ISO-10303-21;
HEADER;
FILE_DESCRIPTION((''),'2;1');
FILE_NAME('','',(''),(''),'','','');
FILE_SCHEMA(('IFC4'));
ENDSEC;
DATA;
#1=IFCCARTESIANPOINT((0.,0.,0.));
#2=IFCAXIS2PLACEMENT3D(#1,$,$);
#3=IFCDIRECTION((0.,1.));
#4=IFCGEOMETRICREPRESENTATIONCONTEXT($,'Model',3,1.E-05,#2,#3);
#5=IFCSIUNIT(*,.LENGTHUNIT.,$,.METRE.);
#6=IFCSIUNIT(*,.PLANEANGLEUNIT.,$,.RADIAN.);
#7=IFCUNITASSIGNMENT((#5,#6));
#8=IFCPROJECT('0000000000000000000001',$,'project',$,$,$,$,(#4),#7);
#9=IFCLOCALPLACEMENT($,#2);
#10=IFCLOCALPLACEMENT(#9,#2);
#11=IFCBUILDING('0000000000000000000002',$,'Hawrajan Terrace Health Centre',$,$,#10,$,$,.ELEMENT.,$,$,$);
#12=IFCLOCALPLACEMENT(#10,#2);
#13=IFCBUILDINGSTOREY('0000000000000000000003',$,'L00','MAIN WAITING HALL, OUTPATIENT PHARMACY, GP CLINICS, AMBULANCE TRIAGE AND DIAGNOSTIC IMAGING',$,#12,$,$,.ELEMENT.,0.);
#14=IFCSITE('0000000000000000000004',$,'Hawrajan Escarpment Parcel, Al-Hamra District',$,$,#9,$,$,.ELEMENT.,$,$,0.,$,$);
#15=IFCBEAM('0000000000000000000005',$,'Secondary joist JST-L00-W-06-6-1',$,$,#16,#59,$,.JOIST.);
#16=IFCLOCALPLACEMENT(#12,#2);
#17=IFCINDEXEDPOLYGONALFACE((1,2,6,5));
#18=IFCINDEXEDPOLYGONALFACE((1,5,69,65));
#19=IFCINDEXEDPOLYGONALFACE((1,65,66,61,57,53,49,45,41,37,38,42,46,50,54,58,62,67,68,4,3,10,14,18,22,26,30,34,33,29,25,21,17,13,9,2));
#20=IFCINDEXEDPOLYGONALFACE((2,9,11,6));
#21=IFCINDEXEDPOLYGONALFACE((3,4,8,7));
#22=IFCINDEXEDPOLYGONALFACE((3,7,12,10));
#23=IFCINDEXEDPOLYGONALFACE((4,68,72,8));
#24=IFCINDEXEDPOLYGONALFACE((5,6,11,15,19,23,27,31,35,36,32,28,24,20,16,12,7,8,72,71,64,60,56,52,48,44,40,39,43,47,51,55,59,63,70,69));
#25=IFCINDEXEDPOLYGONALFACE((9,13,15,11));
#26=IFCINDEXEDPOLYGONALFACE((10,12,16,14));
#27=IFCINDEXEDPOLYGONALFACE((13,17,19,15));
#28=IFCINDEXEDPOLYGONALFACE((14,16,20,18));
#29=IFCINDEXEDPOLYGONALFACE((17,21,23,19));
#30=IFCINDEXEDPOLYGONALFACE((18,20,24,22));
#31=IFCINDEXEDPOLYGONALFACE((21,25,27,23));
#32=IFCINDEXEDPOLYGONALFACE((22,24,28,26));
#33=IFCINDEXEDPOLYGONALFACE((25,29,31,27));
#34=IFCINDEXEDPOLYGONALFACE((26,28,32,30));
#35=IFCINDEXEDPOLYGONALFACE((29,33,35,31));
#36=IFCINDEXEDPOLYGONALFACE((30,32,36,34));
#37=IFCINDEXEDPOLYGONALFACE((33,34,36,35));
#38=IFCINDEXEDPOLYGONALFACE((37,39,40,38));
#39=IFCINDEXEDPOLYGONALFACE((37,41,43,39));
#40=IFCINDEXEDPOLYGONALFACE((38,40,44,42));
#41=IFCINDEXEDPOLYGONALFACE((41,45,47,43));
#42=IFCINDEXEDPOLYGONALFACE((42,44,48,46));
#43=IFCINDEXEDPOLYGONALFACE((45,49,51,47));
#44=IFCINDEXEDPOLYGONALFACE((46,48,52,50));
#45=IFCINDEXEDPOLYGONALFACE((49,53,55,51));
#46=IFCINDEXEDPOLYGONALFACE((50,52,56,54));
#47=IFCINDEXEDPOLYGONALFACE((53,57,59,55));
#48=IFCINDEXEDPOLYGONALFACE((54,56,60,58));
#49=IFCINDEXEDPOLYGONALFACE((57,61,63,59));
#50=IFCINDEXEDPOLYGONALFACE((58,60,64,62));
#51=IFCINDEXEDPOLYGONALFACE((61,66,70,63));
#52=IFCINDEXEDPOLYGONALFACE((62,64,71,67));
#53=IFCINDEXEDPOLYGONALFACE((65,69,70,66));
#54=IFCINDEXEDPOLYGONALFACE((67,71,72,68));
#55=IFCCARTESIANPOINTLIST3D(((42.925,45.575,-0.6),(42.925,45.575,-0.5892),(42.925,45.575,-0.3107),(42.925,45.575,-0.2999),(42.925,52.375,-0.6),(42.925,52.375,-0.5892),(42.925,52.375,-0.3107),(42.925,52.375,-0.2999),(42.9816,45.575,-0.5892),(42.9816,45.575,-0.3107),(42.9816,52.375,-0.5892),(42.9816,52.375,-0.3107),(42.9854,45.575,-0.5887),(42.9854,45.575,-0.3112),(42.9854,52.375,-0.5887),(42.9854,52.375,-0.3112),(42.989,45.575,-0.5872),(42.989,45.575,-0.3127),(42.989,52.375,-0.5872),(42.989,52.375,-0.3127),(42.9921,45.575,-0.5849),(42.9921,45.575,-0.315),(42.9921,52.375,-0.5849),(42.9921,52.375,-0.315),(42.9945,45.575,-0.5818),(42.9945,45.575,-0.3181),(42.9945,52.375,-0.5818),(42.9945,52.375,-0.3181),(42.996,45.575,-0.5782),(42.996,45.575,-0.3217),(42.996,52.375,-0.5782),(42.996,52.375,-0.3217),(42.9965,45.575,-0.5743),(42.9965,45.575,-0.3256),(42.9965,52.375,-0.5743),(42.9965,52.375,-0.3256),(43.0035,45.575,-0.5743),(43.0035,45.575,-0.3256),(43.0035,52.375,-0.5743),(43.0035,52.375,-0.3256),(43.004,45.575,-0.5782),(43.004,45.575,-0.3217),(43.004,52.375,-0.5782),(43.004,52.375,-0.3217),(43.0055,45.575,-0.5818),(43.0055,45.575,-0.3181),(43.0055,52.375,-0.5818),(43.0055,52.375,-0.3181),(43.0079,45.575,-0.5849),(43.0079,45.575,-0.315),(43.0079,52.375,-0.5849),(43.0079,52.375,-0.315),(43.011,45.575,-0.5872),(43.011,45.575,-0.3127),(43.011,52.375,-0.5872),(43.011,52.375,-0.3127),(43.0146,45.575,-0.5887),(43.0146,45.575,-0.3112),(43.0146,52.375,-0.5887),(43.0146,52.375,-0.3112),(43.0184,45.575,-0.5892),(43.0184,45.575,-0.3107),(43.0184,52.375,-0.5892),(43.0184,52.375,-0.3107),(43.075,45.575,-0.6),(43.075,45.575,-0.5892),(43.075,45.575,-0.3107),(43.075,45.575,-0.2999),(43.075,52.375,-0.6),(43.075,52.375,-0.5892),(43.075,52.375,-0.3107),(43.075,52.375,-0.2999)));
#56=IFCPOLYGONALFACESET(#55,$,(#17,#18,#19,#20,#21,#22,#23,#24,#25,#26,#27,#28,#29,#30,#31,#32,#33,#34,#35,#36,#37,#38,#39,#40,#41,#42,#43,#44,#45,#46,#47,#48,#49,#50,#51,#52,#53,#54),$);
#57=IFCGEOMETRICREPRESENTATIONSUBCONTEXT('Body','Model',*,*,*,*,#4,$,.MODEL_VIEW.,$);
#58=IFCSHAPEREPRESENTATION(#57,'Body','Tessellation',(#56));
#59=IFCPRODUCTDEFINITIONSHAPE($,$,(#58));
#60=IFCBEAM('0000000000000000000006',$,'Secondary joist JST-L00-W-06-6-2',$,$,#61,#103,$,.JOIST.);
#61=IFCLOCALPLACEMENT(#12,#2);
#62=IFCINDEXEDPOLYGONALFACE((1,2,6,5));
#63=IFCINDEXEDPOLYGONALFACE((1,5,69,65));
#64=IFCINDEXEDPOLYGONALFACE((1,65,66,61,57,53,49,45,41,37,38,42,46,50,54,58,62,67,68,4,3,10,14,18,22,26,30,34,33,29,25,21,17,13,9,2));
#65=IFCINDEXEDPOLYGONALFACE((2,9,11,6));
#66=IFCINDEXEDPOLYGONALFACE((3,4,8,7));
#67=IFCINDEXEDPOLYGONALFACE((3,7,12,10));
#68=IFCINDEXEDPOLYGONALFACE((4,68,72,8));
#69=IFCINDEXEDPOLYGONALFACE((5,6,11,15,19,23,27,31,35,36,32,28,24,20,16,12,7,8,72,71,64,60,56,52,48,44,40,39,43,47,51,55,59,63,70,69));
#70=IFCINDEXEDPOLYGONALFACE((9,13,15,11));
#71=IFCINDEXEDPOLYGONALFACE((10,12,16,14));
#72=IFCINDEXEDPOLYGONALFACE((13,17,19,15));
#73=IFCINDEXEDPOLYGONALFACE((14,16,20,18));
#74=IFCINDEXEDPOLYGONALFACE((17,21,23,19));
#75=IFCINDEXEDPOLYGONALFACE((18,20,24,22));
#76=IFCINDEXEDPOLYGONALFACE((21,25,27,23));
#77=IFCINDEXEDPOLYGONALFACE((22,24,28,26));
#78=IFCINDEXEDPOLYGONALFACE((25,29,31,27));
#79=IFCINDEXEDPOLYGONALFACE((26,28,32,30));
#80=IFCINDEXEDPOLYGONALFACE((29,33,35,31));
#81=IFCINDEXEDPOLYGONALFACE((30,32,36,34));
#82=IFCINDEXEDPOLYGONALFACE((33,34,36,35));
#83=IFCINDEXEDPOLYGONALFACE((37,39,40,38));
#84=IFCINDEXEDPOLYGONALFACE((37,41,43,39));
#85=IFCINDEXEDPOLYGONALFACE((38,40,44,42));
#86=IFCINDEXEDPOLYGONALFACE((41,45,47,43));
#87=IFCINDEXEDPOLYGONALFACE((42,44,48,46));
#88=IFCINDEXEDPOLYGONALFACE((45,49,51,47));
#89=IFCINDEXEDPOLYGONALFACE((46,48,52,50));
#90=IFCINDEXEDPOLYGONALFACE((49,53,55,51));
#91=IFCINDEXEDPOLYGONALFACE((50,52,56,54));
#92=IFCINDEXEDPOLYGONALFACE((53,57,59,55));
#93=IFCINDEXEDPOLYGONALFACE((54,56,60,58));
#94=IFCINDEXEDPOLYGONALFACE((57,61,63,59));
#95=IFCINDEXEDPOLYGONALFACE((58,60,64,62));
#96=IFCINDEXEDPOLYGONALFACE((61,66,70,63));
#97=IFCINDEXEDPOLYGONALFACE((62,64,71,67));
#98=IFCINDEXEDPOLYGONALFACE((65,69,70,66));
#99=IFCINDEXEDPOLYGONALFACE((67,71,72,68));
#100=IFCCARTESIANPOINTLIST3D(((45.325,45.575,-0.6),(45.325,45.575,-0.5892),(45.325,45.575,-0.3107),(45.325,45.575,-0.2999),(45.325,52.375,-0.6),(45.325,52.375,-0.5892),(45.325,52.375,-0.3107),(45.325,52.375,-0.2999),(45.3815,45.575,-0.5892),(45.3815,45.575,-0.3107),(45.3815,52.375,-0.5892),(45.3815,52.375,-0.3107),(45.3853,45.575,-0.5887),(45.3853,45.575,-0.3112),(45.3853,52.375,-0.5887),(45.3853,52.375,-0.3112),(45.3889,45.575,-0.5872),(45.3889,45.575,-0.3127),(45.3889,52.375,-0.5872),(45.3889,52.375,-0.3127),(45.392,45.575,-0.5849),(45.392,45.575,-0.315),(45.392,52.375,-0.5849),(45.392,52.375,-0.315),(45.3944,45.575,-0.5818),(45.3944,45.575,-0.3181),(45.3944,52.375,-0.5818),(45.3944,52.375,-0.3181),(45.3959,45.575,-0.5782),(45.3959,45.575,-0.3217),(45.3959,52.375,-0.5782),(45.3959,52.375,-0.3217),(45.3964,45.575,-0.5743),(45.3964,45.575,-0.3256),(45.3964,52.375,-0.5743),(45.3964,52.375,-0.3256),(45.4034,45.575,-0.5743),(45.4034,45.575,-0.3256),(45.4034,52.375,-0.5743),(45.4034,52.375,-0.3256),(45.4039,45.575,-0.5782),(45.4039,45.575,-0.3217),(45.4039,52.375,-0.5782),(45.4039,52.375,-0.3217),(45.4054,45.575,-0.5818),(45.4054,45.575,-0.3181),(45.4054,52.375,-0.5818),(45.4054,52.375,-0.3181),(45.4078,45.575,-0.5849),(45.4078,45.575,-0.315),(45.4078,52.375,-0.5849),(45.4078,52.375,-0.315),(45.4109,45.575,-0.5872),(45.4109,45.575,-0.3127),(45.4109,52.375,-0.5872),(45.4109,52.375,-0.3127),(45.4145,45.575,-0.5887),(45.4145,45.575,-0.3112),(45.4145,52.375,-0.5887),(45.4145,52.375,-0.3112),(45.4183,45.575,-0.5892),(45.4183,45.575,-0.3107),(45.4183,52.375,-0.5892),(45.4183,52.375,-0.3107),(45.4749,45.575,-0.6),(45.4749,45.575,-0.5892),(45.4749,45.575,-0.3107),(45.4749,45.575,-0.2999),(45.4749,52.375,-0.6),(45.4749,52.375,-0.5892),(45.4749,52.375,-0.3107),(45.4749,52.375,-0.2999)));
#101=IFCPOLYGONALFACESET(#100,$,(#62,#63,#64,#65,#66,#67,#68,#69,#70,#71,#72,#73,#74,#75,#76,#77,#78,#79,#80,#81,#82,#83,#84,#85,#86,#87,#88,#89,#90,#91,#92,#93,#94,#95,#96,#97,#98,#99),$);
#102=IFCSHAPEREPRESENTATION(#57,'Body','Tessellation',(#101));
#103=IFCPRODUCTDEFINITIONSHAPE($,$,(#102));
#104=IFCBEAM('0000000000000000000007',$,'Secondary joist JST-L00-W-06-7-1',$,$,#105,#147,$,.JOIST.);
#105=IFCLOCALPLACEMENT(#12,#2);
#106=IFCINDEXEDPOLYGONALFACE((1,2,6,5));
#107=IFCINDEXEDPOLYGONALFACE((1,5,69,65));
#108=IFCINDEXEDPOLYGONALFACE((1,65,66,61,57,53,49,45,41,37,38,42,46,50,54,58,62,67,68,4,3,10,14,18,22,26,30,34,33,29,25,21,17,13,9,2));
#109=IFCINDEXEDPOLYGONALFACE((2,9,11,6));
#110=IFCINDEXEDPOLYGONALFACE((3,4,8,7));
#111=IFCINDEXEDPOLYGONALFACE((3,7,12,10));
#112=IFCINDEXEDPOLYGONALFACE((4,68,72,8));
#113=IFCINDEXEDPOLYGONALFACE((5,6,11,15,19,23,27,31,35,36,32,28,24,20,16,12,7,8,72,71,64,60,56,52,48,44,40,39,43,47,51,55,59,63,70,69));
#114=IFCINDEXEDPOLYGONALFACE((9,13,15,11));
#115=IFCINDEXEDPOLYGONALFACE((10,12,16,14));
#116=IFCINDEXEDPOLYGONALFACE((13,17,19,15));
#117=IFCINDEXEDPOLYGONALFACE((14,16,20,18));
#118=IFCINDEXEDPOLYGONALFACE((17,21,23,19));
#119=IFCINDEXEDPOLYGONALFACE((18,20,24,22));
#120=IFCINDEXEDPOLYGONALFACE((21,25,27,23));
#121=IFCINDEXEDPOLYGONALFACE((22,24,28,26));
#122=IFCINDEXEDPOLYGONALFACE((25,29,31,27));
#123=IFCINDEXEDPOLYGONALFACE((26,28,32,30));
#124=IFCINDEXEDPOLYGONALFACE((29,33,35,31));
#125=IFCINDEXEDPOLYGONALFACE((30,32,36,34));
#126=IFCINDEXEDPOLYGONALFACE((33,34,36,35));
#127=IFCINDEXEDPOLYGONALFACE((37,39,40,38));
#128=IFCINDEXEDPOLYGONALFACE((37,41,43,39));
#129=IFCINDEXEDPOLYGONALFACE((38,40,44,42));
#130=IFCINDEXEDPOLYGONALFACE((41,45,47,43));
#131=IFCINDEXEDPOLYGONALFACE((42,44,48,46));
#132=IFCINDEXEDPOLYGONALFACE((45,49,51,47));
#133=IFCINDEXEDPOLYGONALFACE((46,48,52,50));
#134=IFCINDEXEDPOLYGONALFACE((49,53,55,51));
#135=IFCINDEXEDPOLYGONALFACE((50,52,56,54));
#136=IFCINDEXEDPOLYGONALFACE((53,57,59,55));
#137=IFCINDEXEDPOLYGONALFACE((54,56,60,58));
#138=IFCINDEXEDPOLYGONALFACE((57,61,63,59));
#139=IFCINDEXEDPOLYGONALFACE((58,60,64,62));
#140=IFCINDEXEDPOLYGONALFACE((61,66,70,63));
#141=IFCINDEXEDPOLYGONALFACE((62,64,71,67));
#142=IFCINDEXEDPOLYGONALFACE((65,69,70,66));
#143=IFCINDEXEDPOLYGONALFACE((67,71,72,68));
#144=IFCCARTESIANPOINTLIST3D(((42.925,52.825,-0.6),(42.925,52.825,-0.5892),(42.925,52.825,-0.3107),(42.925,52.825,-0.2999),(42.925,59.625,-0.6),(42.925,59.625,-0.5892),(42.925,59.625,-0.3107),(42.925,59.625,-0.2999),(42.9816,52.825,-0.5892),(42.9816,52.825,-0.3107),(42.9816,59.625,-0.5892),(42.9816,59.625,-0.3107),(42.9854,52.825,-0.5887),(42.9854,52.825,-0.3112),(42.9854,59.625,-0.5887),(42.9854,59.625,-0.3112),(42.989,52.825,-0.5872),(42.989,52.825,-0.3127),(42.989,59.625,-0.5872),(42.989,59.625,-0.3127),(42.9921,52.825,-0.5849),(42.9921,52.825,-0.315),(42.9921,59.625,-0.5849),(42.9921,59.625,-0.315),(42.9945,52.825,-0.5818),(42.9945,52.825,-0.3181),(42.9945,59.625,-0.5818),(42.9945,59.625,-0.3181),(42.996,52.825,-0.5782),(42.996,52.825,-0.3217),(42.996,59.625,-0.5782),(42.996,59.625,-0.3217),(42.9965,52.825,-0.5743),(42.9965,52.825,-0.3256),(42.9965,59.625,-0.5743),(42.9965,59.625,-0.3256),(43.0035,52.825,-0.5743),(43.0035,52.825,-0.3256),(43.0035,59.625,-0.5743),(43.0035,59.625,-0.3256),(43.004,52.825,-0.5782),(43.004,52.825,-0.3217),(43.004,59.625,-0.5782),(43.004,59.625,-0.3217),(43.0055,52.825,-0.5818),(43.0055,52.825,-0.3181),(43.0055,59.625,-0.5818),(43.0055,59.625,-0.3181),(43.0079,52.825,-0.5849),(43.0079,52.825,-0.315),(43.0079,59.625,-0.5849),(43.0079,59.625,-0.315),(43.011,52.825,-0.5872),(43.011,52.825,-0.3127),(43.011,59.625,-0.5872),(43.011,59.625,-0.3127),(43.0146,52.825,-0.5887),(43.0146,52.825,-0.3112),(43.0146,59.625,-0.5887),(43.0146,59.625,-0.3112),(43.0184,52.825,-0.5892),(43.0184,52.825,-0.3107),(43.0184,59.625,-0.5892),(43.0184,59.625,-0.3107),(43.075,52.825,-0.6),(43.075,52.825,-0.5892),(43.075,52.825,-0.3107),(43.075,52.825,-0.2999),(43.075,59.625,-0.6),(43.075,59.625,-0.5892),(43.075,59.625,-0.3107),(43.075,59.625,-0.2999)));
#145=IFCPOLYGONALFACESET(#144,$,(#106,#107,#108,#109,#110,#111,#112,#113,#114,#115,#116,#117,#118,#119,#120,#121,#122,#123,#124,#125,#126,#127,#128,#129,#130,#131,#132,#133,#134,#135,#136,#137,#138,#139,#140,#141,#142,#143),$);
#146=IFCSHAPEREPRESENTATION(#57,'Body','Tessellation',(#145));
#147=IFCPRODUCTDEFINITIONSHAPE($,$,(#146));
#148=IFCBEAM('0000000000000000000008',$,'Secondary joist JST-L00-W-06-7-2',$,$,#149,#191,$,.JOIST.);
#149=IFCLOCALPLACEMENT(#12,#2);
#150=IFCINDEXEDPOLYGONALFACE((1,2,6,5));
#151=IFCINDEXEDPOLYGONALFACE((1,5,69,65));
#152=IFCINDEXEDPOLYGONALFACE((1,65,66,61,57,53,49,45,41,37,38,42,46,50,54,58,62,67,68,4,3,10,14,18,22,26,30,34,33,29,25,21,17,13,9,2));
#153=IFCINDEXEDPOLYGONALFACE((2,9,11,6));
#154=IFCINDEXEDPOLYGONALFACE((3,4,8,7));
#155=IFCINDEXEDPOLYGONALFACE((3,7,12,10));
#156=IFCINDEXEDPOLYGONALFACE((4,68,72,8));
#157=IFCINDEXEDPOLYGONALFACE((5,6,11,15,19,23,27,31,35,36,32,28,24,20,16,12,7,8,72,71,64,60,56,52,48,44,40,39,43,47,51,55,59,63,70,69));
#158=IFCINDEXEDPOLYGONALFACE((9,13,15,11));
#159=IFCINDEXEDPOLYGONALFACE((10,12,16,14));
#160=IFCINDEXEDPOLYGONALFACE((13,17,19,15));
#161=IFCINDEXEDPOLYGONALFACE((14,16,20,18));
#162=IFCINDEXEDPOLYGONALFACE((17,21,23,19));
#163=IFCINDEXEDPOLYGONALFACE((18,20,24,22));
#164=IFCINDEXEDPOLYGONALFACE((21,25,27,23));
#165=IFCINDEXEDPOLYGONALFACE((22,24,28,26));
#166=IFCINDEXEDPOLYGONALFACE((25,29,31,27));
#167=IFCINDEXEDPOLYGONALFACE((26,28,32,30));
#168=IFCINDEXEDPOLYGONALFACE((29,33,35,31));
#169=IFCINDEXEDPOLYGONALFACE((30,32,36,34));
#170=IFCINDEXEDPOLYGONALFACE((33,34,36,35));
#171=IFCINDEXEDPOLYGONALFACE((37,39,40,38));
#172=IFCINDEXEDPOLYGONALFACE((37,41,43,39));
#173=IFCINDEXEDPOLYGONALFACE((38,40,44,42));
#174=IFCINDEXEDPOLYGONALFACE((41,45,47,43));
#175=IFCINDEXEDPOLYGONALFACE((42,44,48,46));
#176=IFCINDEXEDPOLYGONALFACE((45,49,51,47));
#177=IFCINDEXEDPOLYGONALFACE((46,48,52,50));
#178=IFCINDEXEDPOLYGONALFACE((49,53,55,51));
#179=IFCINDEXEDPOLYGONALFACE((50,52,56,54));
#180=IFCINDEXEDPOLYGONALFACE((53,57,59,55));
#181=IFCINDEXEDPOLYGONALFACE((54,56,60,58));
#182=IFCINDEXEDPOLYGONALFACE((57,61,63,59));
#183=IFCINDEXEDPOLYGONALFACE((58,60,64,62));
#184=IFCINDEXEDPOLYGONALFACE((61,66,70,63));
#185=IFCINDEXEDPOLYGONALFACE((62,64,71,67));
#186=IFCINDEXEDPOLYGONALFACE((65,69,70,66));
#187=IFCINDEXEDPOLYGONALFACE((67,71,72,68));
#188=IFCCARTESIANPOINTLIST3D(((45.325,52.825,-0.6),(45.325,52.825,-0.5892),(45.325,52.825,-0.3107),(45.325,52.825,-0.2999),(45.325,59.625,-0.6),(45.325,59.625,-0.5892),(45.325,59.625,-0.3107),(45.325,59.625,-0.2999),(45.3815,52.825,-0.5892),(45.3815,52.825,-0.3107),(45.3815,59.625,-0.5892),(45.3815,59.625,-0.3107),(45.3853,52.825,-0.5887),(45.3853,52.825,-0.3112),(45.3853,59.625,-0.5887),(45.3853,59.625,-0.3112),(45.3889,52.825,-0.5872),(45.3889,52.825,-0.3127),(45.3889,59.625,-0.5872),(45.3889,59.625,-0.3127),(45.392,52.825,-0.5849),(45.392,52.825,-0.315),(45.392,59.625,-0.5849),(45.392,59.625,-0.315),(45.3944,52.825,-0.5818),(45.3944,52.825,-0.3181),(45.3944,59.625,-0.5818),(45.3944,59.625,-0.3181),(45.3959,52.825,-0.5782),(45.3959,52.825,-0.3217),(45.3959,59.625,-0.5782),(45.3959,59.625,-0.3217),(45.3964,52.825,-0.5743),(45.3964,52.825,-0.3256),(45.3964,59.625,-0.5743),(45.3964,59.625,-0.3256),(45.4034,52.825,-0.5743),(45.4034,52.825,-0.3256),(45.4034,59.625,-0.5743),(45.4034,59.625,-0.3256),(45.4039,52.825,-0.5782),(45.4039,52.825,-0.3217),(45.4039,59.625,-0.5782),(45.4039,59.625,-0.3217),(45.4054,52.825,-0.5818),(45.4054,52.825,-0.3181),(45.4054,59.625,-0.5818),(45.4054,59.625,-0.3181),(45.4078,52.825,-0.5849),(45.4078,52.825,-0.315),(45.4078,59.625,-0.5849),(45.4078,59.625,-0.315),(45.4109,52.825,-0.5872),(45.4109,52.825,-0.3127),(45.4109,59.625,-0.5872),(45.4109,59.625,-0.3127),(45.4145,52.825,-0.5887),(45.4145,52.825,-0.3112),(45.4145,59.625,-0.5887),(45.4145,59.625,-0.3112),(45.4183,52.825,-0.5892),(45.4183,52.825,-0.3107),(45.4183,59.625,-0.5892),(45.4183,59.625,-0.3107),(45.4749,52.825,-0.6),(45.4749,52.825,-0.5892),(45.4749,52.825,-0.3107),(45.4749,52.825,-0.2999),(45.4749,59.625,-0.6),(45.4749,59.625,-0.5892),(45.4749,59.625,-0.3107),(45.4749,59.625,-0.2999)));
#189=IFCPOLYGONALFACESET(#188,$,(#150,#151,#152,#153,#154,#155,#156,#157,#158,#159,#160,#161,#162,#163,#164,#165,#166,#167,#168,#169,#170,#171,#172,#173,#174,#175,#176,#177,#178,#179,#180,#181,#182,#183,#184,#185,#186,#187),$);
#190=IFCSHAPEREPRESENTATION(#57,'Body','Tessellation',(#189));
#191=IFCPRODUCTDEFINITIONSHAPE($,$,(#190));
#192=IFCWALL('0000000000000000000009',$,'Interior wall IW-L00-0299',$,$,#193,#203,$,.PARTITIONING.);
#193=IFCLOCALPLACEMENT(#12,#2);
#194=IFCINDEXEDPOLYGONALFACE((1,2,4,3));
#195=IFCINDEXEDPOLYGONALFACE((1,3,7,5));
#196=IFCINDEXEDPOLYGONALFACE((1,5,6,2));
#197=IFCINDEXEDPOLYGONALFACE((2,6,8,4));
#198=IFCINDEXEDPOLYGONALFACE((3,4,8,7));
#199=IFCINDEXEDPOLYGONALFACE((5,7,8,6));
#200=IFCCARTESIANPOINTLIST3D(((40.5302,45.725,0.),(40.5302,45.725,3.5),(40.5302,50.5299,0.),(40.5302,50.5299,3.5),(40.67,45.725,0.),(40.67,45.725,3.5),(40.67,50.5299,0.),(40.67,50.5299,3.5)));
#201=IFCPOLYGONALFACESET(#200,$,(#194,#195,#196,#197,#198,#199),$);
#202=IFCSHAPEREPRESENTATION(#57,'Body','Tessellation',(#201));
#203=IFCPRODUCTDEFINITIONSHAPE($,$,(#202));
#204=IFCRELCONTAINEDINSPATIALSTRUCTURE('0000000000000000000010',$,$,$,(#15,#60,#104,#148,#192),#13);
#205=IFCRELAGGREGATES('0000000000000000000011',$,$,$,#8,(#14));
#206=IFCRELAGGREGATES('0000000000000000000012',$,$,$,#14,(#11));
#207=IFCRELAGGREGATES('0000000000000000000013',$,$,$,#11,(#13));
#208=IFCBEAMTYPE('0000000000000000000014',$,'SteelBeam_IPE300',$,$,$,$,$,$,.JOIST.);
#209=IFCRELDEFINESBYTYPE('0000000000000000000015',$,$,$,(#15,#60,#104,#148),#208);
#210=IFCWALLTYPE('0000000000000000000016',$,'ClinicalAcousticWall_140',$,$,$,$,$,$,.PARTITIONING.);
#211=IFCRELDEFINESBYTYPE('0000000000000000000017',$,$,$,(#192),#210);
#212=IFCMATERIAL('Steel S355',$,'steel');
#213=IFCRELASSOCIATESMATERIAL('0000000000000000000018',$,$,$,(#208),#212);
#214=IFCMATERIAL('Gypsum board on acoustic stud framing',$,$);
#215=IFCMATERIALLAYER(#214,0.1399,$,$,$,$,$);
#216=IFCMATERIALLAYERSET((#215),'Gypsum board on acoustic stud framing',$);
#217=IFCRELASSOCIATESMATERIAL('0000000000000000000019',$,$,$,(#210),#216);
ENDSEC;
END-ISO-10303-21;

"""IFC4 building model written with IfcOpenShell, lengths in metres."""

from ifc_helpers import new_model, si_unit, direction, frame, frame_2d, origin, origin_2d, place, context, subcontext, project, spatial, rectangle, i_section, extrude, material, layer, layer_set, material_profile, profile_set, type_object, element, save


model = new_model("IFC4")

# Units and contexts
model_context = context("Model", 3, precision=1e-05, world=origin(), true_north=direction((0.0, 1.0)))
body_context = subcontext(model_context, "Body", "Model", "MODEL_VIEW")
ifc_project = project(units=[si_unit("LENGTHUNIT", "METRE"), si_unit("PLANEANGLEUNIT", "RADIAN")], contexts=[model_context])

# Site, building, storey
site_placement = place(None, origin())
site = spatial("IfcSite", under=ifc_project, at=site_placement, Name="Hawrajan Escarpment Parcel, Al-Hamra District", CompositionType="ELEMENT", RefElevation=0.0)
building_placement = place(site_placement, origin())
building = spatial("IfcBuilding", under=site, at=building_placement, Name="Hawrajan Terrace Health Centre", CompositionType="ELEMENT")
storey_placement = place(building_placement, origin())
storey = spatial("IfcBuildingStorey", under=building, at=storey_placement, Name="L00", Description="MAIN WAITING HALL, OUTPATIENT PHARMACY, GP CLINICS, AMBULANCE TRIAGE AND DIAGNOSTIC IMAGING", CompositionType="ELEMENT", Elevation=0.0)

# Beams
ifc_material_1 = material(Name="Steel S355", Category="steel")
ifc_material_profile_1 = material_profile(ifc_material_1, i_section(OverallWidth=0.1499, OverallDepth=0.3, WebThickness=0.0071, FlangeThickness=0.0107, FilletRadius=0.0149, at=origin_2d()), Name="IPE 300")
ifc_profile_set_1 = profile_set([ifc_material_profile_1], Name="Steel S355")
beam_type_1 = type_object("IfcBeamType", Name="SteelBeam_IPE300", PredefinedType="JOIST", material=ifc_profile_set_1)
for number, where, z_axis, x_axis, name in (
    (1, (43.0, 45.575, -0.45), (0.0, 1.0, 0.0), (-1.0, 0.0, 0.0), "Secondary joist JST-L00-W-06-6-1"),
    (2, (45.3999, 45.575, -0.45), (0.0, 1.0, 0.0), (-1.0, 0.0, 0.0), "Secondary joist JST-L00-W-06-6-2"),
    (3, (43.0, 52.825, -0.45), (0.0, 1.0, 0.0), (-1.0, 0.0, 0.0), "Secondary joist JST-L00-W-06-7-1"),
    (4, (45.3999, 52.825, -0.45), (0.0, 1.0, 0.0), (-1.0, 0.0, 0.0), "Secondary joist JST-L00-W-06-7-2"),
):
    element("IfcBeam", number, at=place(storey_placement, frame(where, z_axis=z_axis, x_axis=x_axis)), inside=storey, type_object=beam_type_1, Name=name, PredefinedType="JOIST", context=body_context, shape_type="SweptSolid", body=[
        extrude(i_section(OverallWidth=0.1499, OverallDepth=0.3, WebThickness=0.0071, FlangeThickness=0.0107, FilletRadius=0.0149, at=origin_2d()), origin(), (0.0, 0.0, 1.0), 6.8),
    ])

# Wall
ifc_material_2 = material(Name="Gypsum board on acoustic stud framing")
ifc_layer_1 = layer(ifc_material_2, 0.1399)
ifc_layer_set_1 = layer_set([ifc_layer_1], Name="Gypsum board on acoustic stud framing")
wall_type_1 = type_object("IfcWallType", Name="ClinicalAcousticWall_140", PredefinedType="PARTITIONING", material=ifc_layer_set_1)
wall_1_placement = place(storey_placement, frame((40.6001, 45.7251, 0.0), z_axis=(0.0, 0.0, 1.0), x_axis=(0.0, 1.0, 0.0)))
element("IfcWall", 5, at=wall_1_placement, inside=storey, type_object=wall_type_1, Name="Interior wall IW-L00-0299", PredefinedType="PARTITIONING", context=body_context, shape_type="SweptSolid", body=[
    extrude(rectangle(XDim=4.8049, YDim=0.1399, at=frame_2d((2.4023, 0.0))), origin(), (0.0, 0.0, 1.0), 3.5),
])

save(model, "model.ifc")
